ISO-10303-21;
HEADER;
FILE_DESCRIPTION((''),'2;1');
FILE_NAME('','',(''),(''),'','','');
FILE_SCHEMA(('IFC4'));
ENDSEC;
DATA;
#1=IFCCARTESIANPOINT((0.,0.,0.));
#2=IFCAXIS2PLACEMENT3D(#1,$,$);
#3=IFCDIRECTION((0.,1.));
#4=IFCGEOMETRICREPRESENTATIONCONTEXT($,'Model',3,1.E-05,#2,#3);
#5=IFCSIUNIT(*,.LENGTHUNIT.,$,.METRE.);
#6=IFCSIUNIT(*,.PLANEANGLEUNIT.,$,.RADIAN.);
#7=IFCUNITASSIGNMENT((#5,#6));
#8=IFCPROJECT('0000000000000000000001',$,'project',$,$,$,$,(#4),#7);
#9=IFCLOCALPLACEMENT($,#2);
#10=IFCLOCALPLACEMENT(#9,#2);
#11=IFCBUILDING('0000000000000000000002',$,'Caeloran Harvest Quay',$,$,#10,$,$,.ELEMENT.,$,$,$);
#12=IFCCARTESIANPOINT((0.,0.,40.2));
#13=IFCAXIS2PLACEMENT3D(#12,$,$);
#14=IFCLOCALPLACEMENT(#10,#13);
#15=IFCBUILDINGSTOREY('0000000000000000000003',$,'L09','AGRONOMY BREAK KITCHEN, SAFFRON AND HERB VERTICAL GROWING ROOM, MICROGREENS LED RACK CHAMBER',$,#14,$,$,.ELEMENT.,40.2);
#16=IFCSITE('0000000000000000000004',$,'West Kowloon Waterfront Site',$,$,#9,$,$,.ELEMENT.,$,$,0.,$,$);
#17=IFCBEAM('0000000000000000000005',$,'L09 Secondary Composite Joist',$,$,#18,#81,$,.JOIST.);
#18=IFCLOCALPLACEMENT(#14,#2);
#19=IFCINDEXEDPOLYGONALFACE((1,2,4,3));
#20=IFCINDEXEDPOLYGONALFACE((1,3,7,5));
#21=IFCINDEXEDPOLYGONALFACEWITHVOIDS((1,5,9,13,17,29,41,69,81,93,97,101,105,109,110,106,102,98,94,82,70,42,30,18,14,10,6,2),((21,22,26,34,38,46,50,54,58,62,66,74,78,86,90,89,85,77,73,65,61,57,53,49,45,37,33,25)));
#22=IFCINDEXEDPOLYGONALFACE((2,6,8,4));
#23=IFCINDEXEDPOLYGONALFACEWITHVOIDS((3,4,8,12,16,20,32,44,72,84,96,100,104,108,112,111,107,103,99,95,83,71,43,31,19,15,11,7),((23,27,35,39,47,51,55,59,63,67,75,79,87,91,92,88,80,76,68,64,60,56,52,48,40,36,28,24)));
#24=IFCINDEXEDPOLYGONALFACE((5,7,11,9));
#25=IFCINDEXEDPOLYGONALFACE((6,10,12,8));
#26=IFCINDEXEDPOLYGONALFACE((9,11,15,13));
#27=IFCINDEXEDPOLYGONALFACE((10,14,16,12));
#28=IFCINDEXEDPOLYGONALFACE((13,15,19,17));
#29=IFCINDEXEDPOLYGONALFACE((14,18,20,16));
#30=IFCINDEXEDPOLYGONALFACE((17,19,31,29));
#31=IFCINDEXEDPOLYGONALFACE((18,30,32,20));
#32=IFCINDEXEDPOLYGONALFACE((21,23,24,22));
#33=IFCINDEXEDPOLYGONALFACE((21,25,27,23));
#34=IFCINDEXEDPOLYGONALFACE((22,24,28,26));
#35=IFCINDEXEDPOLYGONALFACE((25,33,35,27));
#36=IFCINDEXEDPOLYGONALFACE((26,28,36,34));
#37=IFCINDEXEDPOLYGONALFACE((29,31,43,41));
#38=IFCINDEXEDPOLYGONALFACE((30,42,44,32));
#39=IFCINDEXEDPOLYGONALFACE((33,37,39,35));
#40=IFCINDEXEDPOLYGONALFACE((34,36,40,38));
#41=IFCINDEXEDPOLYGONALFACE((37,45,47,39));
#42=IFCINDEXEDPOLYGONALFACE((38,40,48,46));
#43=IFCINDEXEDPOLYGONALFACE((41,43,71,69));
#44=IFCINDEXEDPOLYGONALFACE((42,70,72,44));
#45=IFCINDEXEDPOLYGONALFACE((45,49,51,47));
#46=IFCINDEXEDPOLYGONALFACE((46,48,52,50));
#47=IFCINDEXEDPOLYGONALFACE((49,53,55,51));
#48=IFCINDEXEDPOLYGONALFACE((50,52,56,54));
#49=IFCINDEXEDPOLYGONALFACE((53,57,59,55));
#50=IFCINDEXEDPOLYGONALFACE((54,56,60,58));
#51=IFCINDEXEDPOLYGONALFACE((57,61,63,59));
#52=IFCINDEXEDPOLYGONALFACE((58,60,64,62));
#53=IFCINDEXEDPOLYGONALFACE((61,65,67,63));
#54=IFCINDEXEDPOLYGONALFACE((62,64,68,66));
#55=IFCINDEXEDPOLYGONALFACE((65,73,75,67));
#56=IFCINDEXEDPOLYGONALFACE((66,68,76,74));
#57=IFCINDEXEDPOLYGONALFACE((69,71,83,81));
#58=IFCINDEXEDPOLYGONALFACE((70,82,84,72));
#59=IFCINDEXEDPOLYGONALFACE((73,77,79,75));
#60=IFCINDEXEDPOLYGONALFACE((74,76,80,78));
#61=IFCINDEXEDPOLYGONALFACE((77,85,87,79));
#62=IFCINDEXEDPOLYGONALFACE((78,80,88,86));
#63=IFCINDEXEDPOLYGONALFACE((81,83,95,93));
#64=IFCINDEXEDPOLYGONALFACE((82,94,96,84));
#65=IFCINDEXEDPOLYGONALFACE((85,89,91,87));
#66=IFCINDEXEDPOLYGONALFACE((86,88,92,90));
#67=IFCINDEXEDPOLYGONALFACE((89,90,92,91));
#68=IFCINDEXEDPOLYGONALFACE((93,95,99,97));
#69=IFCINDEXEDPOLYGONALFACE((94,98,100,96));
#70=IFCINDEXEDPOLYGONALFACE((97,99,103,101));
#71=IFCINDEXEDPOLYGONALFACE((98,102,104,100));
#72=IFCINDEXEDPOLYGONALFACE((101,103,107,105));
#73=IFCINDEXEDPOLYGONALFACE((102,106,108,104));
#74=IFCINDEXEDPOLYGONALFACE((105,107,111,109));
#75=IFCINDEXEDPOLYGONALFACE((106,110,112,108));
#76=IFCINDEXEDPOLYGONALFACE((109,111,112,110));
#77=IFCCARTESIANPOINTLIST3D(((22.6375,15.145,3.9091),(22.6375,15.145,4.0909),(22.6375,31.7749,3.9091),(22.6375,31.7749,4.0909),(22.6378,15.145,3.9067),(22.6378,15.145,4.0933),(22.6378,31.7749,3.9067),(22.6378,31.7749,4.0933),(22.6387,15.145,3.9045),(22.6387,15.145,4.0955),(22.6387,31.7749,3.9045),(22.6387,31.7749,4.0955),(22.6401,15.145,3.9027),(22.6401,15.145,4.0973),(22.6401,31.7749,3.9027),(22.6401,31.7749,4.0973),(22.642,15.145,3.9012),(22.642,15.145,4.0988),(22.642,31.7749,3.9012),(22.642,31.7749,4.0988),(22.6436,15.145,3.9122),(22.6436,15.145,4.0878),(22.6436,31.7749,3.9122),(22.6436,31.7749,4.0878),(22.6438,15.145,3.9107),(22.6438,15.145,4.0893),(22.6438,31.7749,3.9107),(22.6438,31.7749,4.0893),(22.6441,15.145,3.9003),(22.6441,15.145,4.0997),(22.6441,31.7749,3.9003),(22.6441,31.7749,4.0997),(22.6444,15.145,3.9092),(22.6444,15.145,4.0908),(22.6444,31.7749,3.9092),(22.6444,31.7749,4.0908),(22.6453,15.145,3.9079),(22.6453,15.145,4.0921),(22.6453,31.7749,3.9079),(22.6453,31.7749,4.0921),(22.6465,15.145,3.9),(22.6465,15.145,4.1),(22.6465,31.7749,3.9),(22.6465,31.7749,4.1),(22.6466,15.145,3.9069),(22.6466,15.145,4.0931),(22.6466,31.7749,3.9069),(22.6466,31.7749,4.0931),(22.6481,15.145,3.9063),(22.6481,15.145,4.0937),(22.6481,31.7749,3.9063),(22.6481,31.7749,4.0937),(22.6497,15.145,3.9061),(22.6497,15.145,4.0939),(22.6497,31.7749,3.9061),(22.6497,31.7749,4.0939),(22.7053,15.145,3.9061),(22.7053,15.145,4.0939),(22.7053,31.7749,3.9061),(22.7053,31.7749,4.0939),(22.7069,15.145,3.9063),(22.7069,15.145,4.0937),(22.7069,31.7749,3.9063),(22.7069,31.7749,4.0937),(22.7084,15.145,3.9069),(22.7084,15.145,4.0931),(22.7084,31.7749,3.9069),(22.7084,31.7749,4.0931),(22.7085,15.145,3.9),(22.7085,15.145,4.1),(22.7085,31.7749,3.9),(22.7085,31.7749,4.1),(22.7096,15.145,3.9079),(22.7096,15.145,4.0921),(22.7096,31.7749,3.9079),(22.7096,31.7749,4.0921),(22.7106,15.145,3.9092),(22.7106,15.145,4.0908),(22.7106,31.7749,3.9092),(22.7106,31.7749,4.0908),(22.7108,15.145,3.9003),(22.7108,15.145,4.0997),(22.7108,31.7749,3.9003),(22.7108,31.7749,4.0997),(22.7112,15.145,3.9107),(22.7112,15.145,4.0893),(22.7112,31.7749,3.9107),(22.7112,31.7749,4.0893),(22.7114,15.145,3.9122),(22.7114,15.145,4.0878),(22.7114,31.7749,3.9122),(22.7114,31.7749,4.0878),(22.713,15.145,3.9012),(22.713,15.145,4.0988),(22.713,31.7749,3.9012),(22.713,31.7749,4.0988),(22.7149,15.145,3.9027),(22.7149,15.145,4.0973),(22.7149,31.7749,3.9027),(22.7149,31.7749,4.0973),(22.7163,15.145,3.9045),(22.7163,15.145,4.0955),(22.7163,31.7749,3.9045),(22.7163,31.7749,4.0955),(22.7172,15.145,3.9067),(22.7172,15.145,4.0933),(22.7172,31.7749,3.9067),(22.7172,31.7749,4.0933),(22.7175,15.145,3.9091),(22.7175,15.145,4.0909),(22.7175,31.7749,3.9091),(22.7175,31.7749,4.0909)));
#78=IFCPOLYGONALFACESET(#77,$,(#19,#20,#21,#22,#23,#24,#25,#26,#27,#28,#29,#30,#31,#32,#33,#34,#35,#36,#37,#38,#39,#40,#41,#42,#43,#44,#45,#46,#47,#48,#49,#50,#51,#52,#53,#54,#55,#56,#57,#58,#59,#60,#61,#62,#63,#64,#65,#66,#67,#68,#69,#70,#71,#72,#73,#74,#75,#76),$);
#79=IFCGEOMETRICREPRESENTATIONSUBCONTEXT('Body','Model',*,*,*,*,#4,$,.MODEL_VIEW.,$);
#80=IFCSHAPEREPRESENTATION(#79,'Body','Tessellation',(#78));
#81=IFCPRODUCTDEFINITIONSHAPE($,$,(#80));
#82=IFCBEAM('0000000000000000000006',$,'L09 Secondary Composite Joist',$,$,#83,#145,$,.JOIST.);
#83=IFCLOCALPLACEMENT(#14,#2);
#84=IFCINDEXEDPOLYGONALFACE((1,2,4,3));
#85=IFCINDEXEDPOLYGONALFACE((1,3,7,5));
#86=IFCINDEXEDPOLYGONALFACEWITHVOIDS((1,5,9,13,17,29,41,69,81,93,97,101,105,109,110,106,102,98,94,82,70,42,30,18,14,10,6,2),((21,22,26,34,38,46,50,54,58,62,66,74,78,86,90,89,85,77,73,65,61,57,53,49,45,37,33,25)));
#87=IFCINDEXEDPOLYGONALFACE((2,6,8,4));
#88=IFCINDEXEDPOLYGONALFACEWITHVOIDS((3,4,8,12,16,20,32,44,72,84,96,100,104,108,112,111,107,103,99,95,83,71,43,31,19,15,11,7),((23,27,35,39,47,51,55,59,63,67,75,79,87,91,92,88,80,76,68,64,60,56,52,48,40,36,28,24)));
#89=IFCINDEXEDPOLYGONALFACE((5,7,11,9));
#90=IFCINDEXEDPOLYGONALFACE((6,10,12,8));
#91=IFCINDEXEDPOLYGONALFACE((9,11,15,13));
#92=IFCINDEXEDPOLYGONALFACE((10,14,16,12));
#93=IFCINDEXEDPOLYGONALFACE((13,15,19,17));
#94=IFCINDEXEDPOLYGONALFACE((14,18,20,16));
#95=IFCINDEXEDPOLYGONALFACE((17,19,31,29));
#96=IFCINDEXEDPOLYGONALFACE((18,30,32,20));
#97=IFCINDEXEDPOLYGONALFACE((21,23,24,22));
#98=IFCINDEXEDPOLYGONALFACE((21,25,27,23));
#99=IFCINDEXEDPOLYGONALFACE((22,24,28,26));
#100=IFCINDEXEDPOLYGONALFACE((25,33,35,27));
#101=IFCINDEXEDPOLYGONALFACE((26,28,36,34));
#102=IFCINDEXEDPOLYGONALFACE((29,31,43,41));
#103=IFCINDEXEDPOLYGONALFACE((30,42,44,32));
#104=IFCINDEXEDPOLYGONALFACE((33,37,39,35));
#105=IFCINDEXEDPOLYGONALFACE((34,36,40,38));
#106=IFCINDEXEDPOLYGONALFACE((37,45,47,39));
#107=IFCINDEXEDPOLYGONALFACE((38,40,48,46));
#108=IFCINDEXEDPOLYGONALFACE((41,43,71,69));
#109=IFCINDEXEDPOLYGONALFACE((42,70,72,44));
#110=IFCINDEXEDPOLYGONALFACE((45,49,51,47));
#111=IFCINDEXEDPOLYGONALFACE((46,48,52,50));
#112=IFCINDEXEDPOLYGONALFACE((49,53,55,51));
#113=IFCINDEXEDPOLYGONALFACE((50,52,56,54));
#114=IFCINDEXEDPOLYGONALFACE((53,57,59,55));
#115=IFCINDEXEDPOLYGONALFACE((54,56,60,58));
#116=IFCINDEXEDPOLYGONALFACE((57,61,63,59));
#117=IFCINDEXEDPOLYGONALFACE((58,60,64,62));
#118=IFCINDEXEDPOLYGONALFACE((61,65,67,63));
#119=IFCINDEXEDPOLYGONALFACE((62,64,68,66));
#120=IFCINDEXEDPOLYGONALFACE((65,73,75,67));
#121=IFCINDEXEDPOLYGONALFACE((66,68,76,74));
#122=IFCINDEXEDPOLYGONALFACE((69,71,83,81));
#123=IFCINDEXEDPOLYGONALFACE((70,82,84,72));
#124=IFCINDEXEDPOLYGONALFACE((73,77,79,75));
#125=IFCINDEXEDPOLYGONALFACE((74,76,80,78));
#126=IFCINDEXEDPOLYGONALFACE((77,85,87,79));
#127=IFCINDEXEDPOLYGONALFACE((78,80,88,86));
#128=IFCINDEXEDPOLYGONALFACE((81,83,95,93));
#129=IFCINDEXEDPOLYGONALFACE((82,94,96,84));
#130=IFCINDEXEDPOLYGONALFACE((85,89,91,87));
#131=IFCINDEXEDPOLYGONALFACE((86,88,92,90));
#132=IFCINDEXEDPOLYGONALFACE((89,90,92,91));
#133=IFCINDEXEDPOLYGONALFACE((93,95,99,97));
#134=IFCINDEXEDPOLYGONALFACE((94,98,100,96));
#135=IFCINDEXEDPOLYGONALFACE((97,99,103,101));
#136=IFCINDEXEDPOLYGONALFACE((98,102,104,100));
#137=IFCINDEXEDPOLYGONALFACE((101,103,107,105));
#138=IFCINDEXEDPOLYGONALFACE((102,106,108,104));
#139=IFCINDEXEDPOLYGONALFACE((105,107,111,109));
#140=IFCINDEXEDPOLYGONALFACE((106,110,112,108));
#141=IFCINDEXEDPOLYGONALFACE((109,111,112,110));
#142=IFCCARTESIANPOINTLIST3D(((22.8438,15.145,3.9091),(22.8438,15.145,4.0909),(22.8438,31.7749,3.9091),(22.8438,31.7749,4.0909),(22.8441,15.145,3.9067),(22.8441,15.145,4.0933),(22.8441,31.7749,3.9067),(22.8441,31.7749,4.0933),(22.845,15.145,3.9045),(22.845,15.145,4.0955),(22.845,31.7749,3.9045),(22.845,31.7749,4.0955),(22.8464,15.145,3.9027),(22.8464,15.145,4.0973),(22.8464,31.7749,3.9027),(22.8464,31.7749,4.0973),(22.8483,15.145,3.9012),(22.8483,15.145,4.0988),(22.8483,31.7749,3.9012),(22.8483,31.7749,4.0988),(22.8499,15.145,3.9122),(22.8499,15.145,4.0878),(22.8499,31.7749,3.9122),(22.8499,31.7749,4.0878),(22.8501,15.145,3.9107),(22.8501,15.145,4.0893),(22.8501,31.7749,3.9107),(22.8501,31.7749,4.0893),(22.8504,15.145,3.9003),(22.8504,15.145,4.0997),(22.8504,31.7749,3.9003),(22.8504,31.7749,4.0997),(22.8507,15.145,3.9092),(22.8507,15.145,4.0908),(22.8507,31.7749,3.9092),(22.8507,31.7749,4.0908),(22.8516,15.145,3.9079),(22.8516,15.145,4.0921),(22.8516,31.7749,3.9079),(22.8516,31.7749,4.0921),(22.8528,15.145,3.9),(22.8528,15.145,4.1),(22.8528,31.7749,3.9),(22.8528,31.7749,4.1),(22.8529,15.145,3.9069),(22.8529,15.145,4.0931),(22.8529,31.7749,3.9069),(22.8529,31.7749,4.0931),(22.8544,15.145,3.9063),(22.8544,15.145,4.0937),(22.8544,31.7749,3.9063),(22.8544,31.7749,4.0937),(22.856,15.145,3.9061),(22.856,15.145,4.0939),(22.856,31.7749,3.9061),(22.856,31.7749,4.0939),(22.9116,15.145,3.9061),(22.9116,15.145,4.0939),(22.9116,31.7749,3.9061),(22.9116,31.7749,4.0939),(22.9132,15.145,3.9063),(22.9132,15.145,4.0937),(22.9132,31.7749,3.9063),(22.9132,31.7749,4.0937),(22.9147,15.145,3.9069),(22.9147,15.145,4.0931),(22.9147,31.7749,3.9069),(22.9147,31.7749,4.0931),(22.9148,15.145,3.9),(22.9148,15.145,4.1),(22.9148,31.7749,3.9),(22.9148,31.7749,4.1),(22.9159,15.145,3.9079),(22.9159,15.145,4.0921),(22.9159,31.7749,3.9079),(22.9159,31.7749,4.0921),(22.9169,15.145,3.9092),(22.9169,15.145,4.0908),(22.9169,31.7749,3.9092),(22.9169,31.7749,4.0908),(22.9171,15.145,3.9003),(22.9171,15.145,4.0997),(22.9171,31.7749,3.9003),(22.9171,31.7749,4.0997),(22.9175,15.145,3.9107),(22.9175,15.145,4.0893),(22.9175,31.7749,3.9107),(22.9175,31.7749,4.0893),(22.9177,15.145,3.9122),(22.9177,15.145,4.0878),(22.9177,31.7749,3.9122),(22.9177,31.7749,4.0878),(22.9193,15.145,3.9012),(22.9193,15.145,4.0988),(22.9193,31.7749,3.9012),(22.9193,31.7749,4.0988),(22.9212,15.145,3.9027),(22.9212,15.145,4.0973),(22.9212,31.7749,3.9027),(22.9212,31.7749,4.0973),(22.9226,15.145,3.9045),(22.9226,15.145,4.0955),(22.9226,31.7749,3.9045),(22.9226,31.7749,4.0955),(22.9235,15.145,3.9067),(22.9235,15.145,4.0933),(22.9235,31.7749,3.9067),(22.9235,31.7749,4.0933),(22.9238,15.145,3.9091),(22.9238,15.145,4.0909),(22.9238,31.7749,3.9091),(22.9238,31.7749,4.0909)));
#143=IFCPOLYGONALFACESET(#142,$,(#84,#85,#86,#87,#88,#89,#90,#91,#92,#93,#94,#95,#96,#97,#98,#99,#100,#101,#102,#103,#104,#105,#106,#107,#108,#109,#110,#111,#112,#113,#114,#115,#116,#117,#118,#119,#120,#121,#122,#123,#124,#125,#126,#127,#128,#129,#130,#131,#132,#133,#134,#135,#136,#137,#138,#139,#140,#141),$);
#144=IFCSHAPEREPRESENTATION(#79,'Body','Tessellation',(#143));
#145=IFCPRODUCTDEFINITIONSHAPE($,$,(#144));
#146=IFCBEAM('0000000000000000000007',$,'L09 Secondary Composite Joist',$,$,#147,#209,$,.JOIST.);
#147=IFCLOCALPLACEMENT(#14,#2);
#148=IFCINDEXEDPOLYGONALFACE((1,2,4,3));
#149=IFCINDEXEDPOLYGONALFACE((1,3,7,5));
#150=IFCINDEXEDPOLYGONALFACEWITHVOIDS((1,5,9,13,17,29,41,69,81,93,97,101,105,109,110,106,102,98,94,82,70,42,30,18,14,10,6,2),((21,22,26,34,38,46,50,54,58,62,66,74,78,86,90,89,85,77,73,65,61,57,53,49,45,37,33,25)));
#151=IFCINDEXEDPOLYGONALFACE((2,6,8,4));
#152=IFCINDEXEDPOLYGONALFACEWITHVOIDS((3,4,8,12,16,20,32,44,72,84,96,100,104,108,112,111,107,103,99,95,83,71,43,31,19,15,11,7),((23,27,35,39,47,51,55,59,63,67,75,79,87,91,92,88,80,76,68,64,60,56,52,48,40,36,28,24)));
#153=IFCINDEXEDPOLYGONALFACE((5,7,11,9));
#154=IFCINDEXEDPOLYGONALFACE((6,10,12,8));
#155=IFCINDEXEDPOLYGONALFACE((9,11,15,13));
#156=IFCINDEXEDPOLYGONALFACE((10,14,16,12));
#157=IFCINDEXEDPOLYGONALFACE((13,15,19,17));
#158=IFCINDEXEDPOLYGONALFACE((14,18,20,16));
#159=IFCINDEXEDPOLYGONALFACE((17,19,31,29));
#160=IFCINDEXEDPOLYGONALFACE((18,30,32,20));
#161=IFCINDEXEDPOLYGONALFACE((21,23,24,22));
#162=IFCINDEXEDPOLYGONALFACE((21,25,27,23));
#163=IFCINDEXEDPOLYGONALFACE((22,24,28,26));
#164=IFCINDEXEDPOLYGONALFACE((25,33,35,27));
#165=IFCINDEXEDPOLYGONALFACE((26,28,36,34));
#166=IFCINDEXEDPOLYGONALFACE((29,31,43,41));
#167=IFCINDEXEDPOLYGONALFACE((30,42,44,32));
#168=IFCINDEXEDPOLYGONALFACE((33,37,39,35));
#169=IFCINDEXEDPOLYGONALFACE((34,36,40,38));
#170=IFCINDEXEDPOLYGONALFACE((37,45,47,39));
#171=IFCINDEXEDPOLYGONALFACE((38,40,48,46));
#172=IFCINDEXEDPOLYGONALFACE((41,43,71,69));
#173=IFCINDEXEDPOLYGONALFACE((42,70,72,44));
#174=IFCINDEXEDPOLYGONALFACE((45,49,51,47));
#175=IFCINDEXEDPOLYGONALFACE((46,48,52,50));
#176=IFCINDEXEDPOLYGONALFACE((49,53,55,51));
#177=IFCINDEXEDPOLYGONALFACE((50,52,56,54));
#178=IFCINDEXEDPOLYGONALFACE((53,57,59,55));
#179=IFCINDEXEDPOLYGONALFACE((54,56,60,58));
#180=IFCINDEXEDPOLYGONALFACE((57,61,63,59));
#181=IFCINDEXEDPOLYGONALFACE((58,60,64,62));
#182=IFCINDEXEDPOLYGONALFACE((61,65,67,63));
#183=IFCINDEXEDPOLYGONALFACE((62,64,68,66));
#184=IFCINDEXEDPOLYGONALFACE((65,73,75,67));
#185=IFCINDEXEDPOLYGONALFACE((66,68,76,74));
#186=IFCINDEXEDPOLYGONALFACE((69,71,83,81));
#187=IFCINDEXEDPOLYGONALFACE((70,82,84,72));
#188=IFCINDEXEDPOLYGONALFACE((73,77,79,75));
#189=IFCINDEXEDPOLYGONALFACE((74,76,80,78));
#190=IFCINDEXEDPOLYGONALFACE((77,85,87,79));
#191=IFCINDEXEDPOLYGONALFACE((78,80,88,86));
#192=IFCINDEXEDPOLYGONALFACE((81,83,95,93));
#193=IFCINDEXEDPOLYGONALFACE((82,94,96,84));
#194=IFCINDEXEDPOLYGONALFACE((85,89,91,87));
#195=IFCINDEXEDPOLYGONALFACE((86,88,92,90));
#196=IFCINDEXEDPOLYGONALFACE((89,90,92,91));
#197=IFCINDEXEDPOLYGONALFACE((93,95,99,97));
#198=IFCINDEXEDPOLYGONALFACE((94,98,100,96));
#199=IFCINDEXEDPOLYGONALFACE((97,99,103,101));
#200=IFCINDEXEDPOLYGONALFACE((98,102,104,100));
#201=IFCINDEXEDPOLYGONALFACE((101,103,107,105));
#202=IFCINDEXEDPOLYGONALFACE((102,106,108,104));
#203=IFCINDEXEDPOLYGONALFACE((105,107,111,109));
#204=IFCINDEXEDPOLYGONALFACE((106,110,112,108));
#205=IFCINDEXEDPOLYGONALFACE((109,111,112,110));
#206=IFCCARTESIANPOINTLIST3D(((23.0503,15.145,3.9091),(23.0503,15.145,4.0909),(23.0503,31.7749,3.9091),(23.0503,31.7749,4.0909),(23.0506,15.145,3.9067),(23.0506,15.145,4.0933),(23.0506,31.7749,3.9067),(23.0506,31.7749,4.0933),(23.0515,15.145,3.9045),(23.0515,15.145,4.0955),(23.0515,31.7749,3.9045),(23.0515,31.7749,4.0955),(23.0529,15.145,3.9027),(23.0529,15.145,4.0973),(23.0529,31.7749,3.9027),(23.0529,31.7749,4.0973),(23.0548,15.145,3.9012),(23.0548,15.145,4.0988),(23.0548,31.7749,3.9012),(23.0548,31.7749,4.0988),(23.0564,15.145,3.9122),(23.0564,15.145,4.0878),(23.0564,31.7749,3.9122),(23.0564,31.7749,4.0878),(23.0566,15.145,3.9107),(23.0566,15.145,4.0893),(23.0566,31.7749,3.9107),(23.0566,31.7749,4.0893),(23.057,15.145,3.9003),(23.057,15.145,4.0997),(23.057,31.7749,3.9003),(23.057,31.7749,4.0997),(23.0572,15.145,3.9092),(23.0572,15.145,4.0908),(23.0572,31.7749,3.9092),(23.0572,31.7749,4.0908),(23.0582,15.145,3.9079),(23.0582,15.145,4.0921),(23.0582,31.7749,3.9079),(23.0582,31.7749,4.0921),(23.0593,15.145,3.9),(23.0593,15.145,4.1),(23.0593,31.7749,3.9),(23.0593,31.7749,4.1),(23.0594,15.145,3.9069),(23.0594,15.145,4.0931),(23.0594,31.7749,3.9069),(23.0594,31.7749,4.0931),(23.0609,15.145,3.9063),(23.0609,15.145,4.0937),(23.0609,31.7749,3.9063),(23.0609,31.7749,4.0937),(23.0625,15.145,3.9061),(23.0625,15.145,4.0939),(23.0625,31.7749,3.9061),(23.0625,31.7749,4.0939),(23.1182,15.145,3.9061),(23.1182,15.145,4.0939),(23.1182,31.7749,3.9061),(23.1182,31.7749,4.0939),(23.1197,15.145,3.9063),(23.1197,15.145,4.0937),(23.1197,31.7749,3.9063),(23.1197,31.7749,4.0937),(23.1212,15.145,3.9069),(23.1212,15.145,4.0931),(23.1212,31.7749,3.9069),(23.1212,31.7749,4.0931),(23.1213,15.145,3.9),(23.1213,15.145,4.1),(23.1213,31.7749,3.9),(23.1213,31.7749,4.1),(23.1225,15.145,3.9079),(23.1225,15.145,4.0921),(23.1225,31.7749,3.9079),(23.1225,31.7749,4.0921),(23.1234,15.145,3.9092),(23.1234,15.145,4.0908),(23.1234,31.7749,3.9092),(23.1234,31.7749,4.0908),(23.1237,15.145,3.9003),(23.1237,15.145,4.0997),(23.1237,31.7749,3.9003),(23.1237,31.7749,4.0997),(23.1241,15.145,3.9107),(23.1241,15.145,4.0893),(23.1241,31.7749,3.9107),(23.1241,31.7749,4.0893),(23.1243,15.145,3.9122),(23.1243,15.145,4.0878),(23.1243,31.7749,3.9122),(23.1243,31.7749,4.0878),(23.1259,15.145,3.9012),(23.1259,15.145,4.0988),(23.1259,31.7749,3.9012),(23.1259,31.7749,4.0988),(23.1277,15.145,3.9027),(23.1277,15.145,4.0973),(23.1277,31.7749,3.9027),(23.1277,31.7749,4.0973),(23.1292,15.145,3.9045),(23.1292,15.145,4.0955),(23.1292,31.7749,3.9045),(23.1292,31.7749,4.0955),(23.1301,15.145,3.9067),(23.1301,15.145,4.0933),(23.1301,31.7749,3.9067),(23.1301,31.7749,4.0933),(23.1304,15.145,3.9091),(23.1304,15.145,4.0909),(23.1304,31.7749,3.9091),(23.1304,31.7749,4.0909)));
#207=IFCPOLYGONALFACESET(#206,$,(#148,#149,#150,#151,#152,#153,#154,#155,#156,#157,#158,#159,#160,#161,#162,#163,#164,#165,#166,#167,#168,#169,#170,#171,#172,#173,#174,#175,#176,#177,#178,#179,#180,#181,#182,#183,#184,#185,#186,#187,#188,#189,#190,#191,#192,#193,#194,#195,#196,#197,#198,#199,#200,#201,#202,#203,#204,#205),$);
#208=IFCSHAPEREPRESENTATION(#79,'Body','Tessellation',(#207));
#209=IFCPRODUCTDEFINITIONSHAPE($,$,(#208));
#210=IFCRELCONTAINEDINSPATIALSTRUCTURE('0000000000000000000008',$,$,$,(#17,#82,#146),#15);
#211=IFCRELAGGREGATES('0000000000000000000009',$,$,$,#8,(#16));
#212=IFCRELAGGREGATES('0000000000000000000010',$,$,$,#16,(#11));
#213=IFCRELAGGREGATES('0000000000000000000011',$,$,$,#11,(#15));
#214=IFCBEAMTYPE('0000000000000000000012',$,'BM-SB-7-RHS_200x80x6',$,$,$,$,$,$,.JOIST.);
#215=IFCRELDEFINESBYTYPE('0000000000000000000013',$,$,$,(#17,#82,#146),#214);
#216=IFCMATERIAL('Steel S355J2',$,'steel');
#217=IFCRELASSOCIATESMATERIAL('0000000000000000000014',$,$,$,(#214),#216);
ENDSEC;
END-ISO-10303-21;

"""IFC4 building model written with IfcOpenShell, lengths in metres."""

from ifc_helpers import new_model, si_unit, direction, frame, origin, origin_2d, place, context, subcontext, project, spatial, hollow_rectangle, extrude, material, material_profile, profile_set, type_object, element, save


model = new_model("IFC4")

# Units and contexts
model_context = context("Model", 3, precision=1e-05, world=origin(), true_north=direction((0.0, 1.0)))
body_context = subcontext(model_context, "Body", "Model", "MODEL_VIEW")
ifc_project = project(units=[si_unit("LENGTHUNIT", "METRE"), si_unit("PLANEANGLEUNIT", "RADIAN")], contexts=[model_context])

# Site, building, storey
site_placement = place(None, origin())
site = spatial("IfcSite", under=ifc_project, at=site_placement, Name="West Kowloon Waterfront Site", CompositionType="ELEMENT", RefElevation=0.0)
building_placement = place(site_placement, origin())
building = spatial("IfcBuilding", under=site, at=building_placement, Name="Caeloran Harvest Quay", CompositionType="ELEMENT")
storey_placement = place(building_placement, frame((0.0, 0.0, 40.2)))
storey = spatial("IfcBuildingStorey", under=building, at=storey_placement, Name="L09", Description="AGRONOMY BREAK KITCHEN, SAFFRON AND HERB VERTICAL GROWING ROOM, MICROGREENS LED RACK CHAMBER", CompositionType="ELEMENT", Elevation=40.2)

# Beams
ifc_material_1 = material(Name="Steel S355J2", Category="steel")
ifc_material_profile_1 = material_profile(ifc_material_1, hollow_rectangle(XDim=0.0801, YDim=0.2, WallThickness=0.0061, InnerFilletRadius=0.0061, OuterFilletRadius=0.009, at=origin_2d()), Name="RHS 200x80x6")
ifc_profile_set_1 = profile_set([ifc_material_profile_1], Name="Steel S355J2")
beam_type_1 = type_object("IfcBeamType", Name="BM-SB-7-RHS_200x80x6", PredefinedType="JOIST", material=ifc_profile_set_1)
for number, where, z_axis, x_axis, name in (
    (1, (22.6775, 15.145, 4.0), (0.0, 1.0, 0.0), (-1.0, 0.0, 0.0), "L09 Secondary Composite Joist"),
    (2, (22.8838, 15.145, 4.0), (0.0, 1.0, 0.0), (-1.0, 0.0, 0.0), "L09 Secondary Composite Joist"),
    (3, (23.0903, 15.145, 4.0), (0.0, 1.0, 0.0), (-1.0, 0.0, 0.0), "L09 Secondary Composite Joist"),
):
    element("IfcBeam", number, at=place(storey_placement, frame(where, z_axis=z_axis, x_axis=x_axis)), inside=storey, type_object=beam_type_1, Name=name, PredefinedType="JOIST", context=body_context, shape_type="SweptSolid", body=[
        extrude(hollow_rectangle(XDim=0.0801, YDim=0.2, WallThickness=0.0061, InnerFilletRadius=0.0061, OuterFilletRadius=0.009, at=origin_2d()), origin(), (0.0, 0.0, 1.0), 16.6299),
    ])

save(model, "model.ifc")
